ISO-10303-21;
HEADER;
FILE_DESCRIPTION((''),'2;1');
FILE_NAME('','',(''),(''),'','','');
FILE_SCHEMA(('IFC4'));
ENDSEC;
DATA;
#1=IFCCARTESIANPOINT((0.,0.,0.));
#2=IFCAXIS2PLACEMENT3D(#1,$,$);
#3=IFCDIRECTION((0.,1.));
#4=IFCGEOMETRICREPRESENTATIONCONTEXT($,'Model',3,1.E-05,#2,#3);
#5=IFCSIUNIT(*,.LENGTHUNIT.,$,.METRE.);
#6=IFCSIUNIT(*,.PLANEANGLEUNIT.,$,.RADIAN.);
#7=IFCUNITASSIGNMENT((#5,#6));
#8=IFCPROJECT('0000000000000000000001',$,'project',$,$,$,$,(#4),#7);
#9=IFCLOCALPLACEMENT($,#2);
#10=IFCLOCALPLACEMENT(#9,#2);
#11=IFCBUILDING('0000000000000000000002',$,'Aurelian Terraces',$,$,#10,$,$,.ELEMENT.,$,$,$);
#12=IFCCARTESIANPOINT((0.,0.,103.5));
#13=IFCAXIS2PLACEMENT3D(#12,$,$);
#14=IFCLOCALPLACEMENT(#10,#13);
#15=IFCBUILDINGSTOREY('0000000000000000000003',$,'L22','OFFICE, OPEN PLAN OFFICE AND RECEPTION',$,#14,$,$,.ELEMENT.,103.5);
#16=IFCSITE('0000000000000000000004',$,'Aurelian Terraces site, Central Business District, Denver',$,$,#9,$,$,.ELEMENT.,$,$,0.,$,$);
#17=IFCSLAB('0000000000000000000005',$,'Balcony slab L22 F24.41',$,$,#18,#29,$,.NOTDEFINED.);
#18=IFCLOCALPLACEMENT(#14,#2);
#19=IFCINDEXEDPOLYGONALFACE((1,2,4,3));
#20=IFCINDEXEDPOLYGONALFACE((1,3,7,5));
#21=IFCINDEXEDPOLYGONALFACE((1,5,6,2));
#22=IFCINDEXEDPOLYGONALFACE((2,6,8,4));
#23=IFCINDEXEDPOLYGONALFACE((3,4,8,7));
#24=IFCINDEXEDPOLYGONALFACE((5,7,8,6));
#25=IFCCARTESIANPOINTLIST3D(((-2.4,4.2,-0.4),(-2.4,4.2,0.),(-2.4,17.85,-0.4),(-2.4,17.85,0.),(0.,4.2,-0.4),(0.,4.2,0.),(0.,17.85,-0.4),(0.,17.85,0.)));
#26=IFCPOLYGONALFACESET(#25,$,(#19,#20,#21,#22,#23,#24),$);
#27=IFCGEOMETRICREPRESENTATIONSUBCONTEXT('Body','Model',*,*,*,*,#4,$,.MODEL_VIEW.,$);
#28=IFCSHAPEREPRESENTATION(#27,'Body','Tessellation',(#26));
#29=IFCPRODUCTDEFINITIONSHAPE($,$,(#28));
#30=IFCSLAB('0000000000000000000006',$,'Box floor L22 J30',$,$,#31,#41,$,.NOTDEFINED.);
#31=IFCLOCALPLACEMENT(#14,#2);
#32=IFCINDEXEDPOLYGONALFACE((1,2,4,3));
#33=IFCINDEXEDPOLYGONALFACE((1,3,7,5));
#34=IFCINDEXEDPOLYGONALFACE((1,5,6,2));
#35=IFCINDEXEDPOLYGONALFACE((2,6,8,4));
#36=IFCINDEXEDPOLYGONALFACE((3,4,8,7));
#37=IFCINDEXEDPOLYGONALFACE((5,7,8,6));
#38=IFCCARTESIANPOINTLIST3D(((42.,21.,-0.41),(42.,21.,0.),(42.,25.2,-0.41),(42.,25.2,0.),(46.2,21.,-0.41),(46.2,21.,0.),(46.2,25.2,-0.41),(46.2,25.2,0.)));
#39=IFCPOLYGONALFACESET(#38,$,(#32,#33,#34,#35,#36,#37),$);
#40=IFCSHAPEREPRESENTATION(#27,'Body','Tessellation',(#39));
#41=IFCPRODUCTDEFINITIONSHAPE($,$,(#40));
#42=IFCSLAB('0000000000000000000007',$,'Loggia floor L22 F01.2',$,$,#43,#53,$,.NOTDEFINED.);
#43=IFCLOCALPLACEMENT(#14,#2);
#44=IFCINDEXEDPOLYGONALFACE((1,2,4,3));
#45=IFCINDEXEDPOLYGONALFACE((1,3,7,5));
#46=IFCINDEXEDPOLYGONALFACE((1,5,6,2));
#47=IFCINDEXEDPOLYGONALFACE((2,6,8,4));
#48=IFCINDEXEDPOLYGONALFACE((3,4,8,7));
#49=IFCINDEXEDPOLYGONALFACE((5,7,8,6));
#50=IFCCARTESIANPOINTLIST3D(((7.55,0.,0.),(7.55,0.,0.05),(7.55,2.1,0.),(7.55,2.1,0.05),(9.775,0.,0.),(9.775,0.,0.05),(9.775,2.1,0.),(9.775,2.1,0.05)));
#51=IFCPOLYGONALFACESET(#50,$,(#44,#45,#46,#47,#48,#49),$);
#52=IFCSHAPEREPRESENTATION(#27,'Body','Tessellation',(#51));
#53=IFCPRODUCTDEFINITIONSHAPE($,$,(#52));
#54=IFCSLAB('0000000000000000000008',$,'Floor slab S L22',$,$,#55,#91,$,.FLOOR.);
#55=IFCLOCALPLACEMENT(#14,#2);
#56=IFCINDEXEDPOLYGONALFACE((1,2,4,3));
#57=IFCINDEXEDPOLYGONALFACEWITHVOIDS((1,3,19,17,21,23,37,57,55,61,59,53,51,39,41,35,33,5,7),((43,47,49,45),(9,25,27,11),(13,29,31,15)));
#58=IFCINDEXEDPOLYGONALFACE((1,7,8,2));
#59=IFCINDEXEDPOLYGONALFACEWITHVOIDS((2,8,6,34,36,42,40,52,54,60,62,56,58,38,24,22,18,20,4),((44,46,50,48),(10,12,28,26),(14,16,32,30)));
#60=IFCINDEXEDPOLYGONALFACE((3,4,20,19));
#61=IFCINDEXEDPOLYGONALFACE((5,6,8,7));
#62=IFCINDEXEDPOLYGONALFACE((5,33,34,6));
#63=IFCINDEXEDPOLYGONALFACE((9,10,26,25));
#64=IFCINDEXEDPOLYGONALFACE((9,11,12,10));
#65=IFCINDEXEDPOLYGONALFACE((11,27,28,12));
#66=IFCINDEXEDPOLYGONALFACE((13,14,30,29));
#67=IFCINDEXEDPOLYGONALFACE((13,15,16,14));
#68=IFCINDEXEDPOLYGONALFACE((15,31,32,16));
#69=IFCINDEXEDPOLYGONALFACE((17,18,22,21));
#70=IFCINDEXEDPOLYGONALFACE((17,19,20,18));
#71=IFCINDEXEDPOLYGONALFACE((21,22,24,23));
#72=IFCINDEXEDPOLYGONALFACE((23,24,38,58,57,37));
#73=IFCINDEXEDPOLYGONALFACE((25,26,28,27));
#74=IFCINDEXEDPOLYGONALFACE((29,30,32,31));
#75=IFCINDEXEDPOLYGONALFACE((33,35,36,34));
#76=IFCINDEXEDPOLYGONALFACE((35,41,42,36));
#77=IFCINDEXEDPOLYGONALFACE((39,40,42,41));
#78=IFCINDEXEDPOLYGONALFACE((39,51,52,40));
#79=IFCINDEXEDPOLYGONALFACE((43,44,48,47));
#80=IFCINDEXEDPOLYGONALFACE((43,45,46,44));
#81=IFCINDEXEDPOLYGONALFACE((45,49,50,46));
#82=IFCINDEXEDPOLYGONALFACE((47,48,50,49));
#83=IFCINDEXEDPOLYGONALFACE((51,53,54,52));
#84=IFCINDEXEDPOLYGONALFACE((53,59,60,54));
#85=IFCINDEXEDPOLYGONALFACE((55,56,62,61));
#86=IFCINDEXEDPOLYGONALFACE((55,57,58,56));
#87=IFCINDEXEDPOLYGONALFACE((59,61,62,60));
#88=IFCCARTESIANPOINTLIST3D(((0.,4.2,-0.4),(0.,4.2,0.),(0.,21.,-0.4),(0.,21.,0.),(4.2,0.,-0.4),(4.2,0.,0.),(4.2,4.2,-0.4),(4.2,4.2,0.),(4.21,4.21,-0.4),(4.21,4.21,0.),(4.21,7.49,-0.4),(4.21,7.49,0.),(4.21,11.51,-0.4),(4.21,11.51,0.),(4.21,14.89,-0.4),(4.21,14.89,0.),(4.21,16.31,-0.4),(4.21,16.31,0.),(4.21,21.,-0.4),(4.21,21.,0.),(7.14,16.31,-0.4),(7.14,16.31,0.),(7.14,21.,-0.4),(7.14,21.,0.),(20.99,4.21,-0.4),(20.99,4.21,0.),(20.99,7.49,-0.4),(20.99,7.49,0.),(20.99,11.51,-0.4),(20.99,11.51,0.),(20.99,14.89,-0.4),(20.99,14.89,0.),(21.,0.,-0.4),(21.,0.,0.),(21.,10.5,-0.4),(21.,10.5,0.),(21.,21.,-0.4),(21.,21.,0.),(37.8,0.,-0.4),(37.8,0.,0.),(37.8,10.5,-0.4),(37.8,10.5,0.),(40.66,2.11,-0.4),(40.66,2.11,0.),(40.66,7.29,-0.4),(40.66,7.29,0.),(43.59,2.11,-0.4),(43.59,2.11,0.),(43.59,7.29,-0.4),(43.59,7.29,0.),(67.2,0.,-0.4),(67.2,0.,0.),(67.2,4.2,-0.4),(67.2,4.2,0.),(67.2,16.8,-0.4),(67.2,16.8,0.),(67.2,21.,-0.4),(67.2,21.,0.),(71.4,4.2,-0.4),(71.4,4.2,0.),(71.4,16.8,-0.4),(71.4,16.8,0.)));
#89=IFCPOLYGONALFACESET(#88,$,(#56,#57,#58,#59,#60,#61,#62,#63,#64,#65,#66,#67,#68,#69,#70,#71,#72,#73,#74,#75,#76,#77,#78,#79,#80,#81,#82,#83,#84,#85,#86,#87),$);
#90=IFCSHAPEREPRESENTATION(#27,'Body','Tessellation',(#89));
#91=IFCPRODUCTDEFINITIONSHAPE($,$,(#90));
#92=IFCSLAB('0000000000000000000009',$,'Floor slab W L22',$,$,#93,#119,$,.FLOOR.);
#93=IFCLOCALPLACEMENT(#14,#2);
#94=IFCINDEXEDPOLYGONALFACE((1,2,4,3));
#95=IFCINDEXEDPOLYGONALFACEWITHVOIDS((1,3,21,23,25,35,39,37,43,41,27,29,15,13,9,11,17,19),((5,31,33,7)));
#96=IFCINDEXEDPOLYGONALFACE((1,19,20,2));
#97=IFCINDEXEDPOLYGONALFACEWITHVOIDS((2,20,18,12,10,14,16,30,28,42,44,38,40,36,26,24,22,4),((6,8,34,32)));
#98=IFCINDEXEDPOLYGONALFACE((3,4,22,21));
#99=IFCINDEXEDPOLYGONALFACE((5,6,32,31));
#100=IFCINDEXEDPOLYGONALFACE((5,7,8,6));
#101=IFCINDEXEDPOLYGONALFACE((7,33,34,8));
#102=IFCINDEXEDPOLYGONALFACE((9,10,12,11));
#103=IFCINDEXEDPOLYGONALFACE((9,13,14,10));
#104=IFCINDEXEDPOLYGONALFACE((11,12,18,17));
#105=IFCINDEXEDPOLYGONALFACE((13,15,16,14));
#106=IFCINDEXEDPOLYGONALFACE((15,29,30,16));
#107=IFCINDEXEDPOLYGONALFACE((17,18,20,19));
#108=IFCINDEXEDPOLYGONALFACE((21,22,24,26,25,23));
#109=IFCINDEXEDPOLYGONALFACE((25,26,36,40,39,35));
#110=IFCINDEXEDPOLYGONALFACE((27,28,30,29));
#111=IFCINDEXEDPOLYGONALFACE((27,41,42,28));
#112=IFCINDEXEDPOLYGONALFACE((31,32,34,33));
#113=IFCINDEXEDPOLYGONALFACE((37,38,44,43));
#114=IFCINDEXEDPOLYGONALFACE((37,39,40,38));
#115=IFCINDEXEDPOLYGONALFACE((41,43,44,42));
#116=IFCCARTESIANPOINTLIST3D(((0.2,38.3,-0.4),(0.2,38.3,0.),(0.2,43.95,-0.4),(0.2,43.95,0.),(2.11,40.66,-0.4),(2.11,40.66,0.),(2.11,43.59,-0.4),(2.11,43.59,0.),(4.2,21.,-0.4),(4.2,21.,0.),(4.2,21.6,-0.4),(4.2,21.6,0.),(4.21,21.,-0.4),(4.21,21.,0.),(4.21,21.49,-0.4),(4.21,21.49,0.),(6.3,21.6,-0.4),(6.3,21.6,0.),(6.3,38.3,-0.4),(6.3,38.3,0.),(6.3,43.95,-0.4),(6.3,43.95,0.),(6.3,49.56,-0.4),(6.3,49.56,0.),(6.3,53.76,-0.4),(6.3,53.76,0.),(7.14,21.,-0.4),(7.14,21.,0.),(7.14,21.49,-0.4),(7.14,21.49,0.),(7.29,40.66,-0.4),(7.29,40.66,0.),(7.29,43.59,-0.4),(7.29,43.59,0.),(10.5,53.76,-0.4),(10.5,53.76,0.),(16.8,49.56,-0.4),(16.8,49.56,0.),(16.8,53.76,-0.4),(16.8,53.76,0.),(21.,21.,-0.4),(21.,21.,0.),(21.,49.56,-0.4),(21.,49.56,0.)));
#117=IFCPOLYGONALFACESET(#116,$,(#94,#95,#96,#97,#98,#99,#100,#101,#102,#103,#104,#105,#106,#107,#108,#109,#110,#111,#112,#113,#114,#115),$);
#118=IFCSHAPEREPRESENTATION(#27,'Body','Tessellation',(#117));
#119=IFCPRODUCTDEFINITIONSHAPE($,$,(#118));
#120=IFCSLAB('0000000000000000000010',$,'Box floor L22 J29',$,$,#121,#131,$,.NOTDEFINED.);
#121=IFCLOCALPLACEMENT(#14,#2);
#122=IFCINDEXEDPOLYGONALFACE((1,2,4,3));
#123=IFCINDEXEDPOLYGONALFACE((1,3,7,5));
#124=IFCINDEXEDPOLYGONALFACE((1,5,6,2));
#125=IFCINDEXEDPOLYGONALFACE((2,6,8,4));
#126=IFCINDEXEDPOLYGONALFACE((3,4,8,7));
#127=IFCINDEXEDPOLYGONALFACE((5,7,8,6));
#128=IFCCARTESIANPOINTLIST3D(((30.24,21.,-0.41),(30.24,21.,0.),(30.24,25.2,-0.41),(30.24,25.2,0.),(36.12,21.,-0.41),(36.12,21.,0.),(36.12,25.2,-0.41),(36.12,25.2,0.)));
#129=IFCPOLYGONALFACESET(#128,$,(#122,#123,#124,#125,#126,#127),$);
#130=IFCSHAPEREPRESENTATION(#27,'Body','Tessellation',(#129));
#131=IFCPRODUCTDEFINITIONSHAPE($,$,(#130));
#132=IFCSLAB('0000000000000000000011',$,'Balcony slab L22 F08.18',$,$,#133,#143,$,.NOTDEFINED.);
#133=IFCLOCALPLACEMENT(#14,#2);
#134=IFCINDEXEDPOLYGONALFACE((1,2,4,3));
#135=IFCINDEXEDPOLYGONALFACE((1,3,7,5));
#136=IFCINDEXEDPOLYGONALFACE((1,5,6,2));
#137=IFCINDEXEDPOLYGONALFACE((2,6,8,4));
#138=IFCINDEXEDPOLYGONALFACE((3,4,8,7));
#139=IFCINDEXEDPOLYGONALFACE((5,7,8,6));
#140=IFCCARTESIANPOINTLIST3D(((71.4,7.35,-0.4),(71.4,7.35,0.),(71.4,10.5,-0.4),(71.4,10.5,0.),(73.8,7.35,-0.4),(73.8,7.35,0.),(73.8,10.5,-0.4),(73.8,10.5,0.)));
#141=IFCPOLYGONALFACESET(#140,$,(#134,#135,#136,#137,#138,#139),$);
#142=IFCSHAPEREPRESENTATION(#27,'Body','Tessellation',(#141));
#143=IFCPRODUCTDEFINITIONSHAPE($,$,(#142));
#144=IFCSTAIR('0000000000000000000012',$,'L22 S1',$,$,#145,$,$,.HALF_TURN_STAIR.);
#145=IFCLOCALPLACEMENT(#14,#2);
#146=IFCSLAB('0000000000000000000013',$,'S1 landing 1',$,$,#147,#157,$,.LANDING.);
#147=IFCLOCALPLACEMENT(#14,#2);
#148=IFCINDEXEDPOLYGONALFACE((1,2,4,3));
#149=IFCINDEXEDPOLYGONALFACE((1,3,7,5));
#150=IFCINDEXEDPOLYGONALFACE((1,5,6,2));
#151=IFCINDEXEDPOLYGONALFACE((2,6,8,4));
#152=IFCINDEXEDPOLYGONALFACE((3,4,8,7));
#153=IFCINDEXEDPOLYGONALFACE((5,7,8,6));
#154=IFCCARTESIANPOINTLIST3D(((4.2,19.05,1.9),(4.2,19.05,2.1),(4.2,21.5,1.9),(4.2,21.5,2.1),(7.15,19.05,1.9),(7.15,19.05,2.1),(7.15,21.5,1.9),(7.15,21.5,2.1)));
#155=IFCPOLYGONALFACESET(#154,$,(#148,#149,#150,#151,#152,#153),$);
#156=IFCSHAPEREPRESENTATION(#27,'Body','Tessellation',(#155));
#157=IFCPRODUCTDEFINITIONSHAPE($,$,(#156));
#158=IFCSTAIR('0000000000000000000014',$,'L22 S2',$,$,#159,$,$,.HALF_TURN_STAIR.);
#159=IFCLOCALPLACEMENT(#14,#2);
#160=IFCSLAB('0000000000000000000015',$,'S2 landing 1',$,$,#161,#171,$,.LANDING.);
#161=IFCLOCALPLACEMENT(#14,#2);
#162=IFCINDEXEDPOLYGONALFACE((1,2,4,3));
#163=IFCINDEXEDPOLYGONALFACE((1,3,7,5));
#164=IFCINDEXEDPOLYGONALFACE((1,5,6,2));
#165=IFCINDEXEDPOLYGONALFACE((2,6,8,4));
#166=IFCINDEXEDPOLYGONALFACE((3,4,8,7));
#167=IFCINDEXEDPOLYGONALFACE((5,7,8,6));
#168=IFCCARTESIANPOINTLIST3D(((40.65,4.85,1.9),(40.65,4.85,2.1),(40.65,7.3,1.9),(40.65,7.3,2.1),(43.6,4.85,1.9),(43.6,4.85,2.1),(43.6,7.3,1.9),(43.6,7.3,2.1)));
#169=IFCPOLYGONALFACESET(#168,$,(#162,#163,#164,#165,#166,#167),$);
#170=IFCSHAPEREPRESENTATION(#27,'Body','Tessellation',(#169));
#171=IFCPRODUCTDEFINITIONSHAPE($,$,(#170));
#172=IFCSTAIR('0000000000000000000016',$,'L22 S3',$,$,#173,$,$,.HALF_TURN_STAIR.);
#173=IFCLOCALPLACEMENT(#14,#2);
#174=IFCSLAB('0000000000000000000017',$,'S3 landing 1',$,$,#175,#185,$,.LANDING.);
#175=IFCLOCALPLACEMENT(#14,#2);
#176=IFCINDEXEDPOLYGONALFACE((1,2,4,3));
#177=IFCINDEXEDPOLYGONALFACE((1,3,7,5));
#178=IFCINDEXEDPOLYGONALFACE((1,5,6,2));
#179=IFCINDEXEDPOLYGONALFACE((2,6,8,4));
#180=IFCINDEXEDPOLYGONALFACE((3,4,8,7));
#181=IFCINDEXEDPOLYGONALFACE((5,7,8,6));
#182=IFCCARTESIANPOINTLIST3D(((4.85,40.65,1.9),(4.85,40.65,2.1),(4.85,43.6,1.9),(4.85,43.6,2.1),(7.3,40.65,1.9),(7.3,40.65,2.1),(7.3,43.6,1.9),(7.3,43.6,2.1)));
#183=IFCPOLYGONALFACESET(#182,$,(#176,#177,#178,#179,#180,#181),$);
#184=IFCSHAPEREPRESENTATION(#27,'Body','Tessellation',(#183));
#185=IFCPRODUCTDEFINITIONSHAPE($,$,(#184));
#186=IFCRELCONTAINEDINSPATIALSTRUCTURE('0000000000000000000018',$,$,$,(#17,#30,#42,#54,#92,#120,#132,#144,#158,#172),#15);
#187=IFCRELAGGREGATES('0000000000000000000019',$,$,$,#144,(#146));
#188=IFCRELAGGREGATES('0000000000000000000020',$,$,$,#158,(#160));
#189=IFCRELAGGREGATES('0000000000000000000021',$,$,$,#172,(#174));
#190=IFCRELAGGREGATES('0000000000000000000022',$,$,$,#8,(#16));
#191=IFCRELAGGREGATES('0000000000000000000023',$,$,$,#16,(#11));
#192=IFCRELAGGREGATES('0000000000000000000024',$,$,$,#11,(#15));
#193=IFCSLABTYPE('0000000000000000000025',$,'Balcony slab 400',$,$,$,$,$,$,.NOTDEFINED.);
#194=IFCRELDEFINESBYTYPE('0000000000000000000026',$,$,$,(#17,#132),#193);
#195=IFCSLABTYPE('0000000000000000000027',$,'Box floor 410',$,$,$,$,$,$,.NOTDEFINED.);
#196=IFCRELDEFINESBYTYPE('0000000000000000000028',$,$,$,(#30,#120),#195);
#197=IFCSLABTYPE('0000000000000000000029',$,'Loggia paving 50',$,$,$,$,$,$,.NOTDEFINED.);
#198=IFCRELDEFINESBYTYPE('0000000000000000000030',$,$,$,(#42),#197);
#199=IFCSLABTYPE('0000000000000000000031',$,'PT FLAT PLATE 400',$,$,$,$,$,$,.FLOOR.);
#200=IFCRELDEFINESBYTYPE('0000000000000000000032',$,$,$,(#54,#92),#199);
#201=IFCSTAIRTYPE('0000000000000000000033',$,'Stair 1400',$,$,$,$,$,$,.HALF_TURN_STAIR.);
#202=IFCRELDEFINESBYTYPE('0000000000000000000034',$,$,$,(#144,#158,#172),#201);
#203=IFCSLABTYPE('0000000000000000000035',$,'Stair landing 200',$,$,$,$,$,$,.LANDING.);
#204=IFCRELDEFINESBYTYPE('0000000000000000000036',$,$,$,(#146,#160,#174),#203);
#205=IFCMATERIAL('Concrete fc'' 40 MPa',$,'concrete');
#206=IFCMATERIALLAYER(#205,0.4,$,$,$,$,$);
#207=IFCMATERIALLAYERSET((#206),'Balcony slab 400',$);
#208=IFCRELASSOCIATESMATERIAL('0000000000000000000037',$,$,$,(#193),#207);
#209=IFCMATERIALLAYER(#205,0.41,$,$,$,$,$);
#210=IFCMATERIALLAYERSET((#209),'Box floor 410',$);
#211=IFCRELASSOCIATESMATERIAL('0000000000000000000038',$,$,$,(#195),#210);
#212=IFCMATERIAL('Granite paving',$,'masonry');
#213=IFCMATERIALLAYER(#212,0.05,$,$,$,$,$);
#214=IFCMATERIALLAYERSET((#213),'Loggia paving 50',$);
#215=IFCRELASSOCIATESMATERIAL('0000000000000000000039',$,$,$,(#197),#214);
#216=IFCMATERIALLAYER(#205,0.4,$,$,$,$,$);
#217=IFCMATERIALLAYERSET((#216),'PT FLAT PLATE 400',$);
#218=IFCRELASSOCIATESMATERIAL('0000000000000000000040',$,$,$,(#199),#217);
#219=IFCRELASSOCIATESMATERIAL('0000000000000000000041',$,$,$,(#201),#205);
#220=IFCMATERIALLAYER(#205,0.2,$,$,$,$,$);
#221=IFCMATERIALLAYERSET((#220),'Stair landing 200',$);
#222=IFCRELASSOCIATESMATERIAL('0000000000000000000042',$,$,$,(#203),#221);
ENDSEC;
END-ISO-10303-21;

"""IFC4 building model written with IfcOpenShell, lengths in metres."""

from ifc_helpers import new_model, si_unit, direction, frame, origin, place, context, subcontext, project, spatial, polyline, outline, extrude, source, transform, mapped, material, layer, layer_set, type_object, element, aggregate, save


model = new_model("IFC4")

# Units and contexts
model_context = context("Model", 3, precision=1e-05, world=origin(), true_north=direction((0.0, 1.0)))
body_context = subcontext(model_context, "Body", "Model", "MODEL_VIEW")
ifc_project = project(units=[si_unit("LENGTHUNIT", "METRE"), si_unit("PLANEANGLEUNIT", "RADIAN")], contexts=[model_context])

# Site, building, storey
site_placement = place(None, origin())
site = spatial("IfcSite", under=ifc_project, at=site_placement, Name="Aurelian Terraces site, Central Business District, Denver", CompositionType="ELEMENT", RefElevation=0.0)
building_placement = place(site_placement, origin())
building = spatial("IfcBuilding", under=site, at=building_placement, Name="Aurelian Terraces", CompositionType="ELEMENT")
storey_placement = place(building_placement, frame((0.0, 0.0, 103.5)))
storey = spatial("IfcBuildingStorey", under=building, at=storey_placement, Name="L22", Description="OFFICE, OPEN PLAN OFFICE AND RECEPTION", CompositionType="ELEMENT", Elevation=103.5)

# Slabs
ifc_material_1 = material(Name="Concrete fc' 40 MPa", Category="concrete")
ifc_layer_1 = layer(ifc_material_1, 0.4)
ifc_layer_set_1 = layer_set([ifc_layer_1], Name="Balcony slab 400")
slab_type_1 = type_object("IfcSlabType", Name="Balcony slab 400", PredefinedType="NOTDEFINED", material=ifc_layer_set_1)
slab_1_placement = place(storey_placement, frame((0.0, 0.0, -0.4)))
element("IfcSlab", 1, at=slab_1_placement, inside=storey, type_object=slab_type_1, Name="Balcony slab L22 F24.41", PredefinedType="NOTDEFINED", context=body_context, shape_type="SweptSolid", body=[
    extrude(outline(polyline([(0.0, 17.85), (0.0, 4.2), (-2.4, 4.2), (-2.4, 17.85), (0.0, 17.85)])), origin(), (0.0, 0.0, 1.0), 0.4),
])
ifc_layer_2 = layer(ifc_material_1, 0.41)
ifc_layer_set_2 = layer_set([ifc_layer_2], Name="Box floor 410")
slab_type_2 = type_object("IfcSlabType", Name="Box floor 410", PredefinedType="NOTDEFINED", material=ifc_layer_set_2)
slab_2_placement = place(storey_placement, frame((0.0, 0.0, -0.41)))
element("IfcSlab", 2, at=slab_2_placement, inside=storey, type_object=slab_type_2, Name="Box floor L22 J30", PredefinedType="NOTDEFINED", context=body_context, shape_type="SweptSolid", body=[
    extrude(outline(polyline([(46.2, 25.2), (42.0, 25.2), (42.0, 21.0), (46.2, 21.0), (46.2, 25.2)])), origin(), (0.0, 0.0, 1.0), 0.41),
])
ifc_material_2 = material(Name="Granite paving", Category="masonry")
ifc_layer_3 = layer(ifc_material_2, 0.05)
ifc_layer_set_3 = layer_set([ifc_layer_3], Name="Loggia paving 50")
slab_type_3 = type_object("IfcSlabType", Name="Loggia paving 50", PredefinedType="NOTDEFINED", material=ifc_layer_set_3)
slab_3_placement = place(storey_placement, origin())
element("IfcSlab", 3, at=slab_3_placement, inside=storey, type_object=slab_type_3, Name="Loggia floor L22 F01.2", PredefinedType="NOTDEFINED", context=body_context, shape_type="SweptSolid", body=[
    extrude(outline(polyline([(7.55, 0.0), (9.775, 0.0), (9.775, 2.1), (7.55, 2.1), (7.55, 0.0)])), origin(), (0.0, 0.0, 1.0), 0.05),
])
ifc_layer_4 = layer(ifc_material_1, 0.4)
ifc_layer_set_4 = layer_set([ifc_layer_4], Name="PT FLAT PLATE 400")
slab_type_4 = type_object("IfcSlabType", Name="PT FLAT PLATE 400", PredefinedType="FLOOR", material=ifc_layer_set_4)
shared_shape_1 = source(origin(), body_context, "Body", "SweptSolid", [
    extrude(outline(polyline([(71.4, 16.8), (71.4, 4.2), (67.2, 4.2), (67.2, 0.0), (37.8, 0.0), (37.8, 10.5), (21.0, 10.5), (21.0, 0.0), (4.2, 0.0), (4.2, 4.2), (0.0, 4.2), (0.0, 21.0), (4.21, 21.0), (4.21, 16.31), (7.14, 16.31), (7.14, 21.0), (21.0, 21.0), (67.2, 21.0), (67.2, 16.8), (71.4, 16.8)]), holes=[polyline([(40.66, 2.11), (43.59, 2.11), (43.59, 7.29), (40.66, 7.29), (40.66, 2.11)]), polyline([(4.21, 7.49), (4.21, 4.21), (20.99, 4.21), (20.99, 7.49), (4.21, 7.49)]), polyline([(4.21, 14.89), (4.21, 11.51), (20.99, 11.51), (20.99, 14.89), (4.21, 14.89)])]), origin(), (0.0, 0.0, 1.0), 0.4),
])
slab_4_placement = place(storey_placement, frame((0.0, 0.0, -0.4)))
element("IfcSlab", 4, at=slab_4_placement, inside=storey, type_object=slab_type_4, Name="Floor slab S L22", PredefinedType="FLOOR", context=body_context, shape_type="MappedRepresentation", body=[
    mapped(shared_shape_1, transform((0.0, 0.0, 0.0), scale=1.0)),
])
shared_shape_2 = source(origin(), body_context, "Body", "SweptSolid", [
    extrude(outline(polyline([(0.2, 43.95), (6.3, 43.95), (6.3, 49.56), (6.3, 53.76), (10.5, 53.76), (16.8, 53.76), (16.8, 49.56), (21.0, 49.56), (21.0, 21.0), (7.14, 21.0), (7.14, 21.49), (4.21, 21.49), (4.21, 21.0), (4.2, 21.0), (4.2, 21.6), (6.3, 21.6), (6.3, 38.3), (0.2, 38.3), (0.2, 43.95)]), holes=[polyline([(7.29, 43.59), (2.11, 43.59), (2.11, 40.66), (7.29, 40.66), (7.29, 43.59)])]), origin(), (0.0, 0.0, 1.0), 0.4),
])
slab_5_placement = place(storey_placement, frame((0.0, 0.0, -0.4)))
element("IfcSlab", 5, at=slab_5_placement, inside=storey, type_object=slab_type_4, Name="Floor slab W L22", PredefinedType="FLOOR", context=body_context, shape_type="MappedRepresentation", body=[
    mapped(shared_shape_2, transform((0.0, 0.0, 0.0), scale=1.0)),
])
shared_shape_3 = source(origin(), body_context, "Body", "SweptSolid", [
    extrude(outline(polyline([(36.12, 25.2), (30.24, 25.2), (30.24, 21.0), (36.12, 21.0), (36.12, 25.2)])), origin(), (0.0, 0.0, 1.0), 0.41),
])
slab_6_placement = place(storey_placement, frame((0.0, 0.0, -0.41)))
element("IfcSlab", 6, at=slab_6_placement, inside=storey, type_object=slab_type_2, Name="Box floor L22 J29", PredefinedType="NOTDEFINED", context=body_context, shape_type="MappedRepresentation", body=[
    mapped(shared_shape_3, transform((0.0, 0.0, 0.0), scale=1.0)),
])
shared_shape_4 = source(origin(), body_context, "Body", "SweptSolid", [
    extrude(outline(polyline([(71.4, 7.35), (71.4, 10.5), (73.8, 10.5), (73.8, 7.35), (71.4, 7.35)])), origin(), (0.0, 0.0, 1.0), 0.4),
])
slab_7_placement = place(storey_placement, frame((0.0, 0.0, -0.4)))
element("IfcSlab", 7, at=slab_7_placement, inside=storey, type_object=slab_type_1, Name="Balcony slab L22 F08.18", PredefinedType="NOTDEFINED", context=body_context, shape_type="MappedRepresentation", body=[
    mapped(shared_shape_4, transform((0.0, 0.0, 0.0), scale=1.0)),
])

# Stairs, slabs
stair_type = type_object("IfcStairType", Name="Stair 1400", PredefinedType="HALF_TURN_STAIR", material=ifc_material_1)
stair_1_placement = place(storey_placement, origin())
stair_1 = element("IfcStair", 8, at=stair_1_placement, inside=storey, type_object=stair_type, Name="L22 S1", PredefinedType="HALF_TURN_STAIR")
ifc_layer_5 = layer(ifc_material_1, 0.2)
ifc_layer_set_5 = layer_set([ifc_layer_5], Name="Stair landing 200")
slab_type_5 = type_object("IfcSlabType", Name="Stair landing 200", PredefinedType="LANDING", material=ifc_layer_set_5)
shared_shape_5 = source(origin(), body_context, "Body", "SweptSolid", [
    extrude(outline(polyline([(7.15, 19.05), (7.15, 21.5), (4.2, 21.5), (4.2, 19.05), (7.15, 19.05)])), origin(), (0.0, 0.0, 1.0), 0.2),
])
slab_8_placement = place(storey_placement, frame((0.0, 0.0, 1.9)))
slab_8 = element("IfcSlab", 9, at=slab_8_placement, type_object=slab_type_5, Name="S1 landing 1", PredefinedType="LANDING", context=body_context, shape_type="MappedRepresentation", body=[
    mapped(shared_shape_5, transform((0.0, 0.0, 0.0), scale=1.0)),
])
aggregate(stair_1, [slab_8])
stair_2_placement = place(storey_placement, origin())
stair_2 = element("IfcStair", 10, at=stair_2_placement, inside=storey, type_object=stair_type, Name="L22 S2", PredefinedType="HALF_TURN_STAIR")
shared_shape_6 = source(origin(), body_context, "Body", "SweptSolid", [
    extrude(outline(polyline([(43.6, 4.85), (43.6, 7.3), (40.65, 7.3), (40.65, 4.85), (43.6, 4.85)])), origin(), (0.0, 0.0, 1.0), 0.2),
])
slab_9_placement = place(storey_placement, frame((0.0, 0.0, 1.9)))
slab_9 = element("IfcSlab", 11, at=slab_9_placement, type_object=slab_type_5, Name="S2 landing 1", PredefinedType="LANDING", context=body_context, shape_type="MappedRepresentation", body=[
    mapped(shared_shape_6, transform((0.0, 0.0, 0.0), scale=1.0)),
])
aggregate(stair_2, [slab_9])
stair_3_placement = place(storey_placement, origin())
stair_3 = element("IfcStair", 12, at=stair_3_placement, inside=storey, type_object=stair_type, Name="L22 S3", PredefinedType="HALF_TURN_STAIR")
shared_shape_7 = source(origin(), body_context, "Body", "SweptSolid", [
    extrude(outline(polyline([(4.85, 40.65), (7.3, 40.65), (7.3, 43.6), (4.85, 43.6), (4.85, 40.65)])), origin(), (0.0, 0.0, 1.0), 0.2),
])
slab_10_placement = place(storey_placement, frame((0.0, 0.0, 1.9)))
slab_10 = element("IfcSlab", 13, at=slab_10_placement, type_object=slab_type_5, Name="S3 landing 1", PredefinedType="LANDING", context=body_context, shape_type="MappedRepresentation", body=[
    mapped(shared_shape_7, transform((0.0, 0.0, 0.0), scale=1.0)),
])
aggregate(stair_3, [slab_10])

save(model, "model.ifc")
